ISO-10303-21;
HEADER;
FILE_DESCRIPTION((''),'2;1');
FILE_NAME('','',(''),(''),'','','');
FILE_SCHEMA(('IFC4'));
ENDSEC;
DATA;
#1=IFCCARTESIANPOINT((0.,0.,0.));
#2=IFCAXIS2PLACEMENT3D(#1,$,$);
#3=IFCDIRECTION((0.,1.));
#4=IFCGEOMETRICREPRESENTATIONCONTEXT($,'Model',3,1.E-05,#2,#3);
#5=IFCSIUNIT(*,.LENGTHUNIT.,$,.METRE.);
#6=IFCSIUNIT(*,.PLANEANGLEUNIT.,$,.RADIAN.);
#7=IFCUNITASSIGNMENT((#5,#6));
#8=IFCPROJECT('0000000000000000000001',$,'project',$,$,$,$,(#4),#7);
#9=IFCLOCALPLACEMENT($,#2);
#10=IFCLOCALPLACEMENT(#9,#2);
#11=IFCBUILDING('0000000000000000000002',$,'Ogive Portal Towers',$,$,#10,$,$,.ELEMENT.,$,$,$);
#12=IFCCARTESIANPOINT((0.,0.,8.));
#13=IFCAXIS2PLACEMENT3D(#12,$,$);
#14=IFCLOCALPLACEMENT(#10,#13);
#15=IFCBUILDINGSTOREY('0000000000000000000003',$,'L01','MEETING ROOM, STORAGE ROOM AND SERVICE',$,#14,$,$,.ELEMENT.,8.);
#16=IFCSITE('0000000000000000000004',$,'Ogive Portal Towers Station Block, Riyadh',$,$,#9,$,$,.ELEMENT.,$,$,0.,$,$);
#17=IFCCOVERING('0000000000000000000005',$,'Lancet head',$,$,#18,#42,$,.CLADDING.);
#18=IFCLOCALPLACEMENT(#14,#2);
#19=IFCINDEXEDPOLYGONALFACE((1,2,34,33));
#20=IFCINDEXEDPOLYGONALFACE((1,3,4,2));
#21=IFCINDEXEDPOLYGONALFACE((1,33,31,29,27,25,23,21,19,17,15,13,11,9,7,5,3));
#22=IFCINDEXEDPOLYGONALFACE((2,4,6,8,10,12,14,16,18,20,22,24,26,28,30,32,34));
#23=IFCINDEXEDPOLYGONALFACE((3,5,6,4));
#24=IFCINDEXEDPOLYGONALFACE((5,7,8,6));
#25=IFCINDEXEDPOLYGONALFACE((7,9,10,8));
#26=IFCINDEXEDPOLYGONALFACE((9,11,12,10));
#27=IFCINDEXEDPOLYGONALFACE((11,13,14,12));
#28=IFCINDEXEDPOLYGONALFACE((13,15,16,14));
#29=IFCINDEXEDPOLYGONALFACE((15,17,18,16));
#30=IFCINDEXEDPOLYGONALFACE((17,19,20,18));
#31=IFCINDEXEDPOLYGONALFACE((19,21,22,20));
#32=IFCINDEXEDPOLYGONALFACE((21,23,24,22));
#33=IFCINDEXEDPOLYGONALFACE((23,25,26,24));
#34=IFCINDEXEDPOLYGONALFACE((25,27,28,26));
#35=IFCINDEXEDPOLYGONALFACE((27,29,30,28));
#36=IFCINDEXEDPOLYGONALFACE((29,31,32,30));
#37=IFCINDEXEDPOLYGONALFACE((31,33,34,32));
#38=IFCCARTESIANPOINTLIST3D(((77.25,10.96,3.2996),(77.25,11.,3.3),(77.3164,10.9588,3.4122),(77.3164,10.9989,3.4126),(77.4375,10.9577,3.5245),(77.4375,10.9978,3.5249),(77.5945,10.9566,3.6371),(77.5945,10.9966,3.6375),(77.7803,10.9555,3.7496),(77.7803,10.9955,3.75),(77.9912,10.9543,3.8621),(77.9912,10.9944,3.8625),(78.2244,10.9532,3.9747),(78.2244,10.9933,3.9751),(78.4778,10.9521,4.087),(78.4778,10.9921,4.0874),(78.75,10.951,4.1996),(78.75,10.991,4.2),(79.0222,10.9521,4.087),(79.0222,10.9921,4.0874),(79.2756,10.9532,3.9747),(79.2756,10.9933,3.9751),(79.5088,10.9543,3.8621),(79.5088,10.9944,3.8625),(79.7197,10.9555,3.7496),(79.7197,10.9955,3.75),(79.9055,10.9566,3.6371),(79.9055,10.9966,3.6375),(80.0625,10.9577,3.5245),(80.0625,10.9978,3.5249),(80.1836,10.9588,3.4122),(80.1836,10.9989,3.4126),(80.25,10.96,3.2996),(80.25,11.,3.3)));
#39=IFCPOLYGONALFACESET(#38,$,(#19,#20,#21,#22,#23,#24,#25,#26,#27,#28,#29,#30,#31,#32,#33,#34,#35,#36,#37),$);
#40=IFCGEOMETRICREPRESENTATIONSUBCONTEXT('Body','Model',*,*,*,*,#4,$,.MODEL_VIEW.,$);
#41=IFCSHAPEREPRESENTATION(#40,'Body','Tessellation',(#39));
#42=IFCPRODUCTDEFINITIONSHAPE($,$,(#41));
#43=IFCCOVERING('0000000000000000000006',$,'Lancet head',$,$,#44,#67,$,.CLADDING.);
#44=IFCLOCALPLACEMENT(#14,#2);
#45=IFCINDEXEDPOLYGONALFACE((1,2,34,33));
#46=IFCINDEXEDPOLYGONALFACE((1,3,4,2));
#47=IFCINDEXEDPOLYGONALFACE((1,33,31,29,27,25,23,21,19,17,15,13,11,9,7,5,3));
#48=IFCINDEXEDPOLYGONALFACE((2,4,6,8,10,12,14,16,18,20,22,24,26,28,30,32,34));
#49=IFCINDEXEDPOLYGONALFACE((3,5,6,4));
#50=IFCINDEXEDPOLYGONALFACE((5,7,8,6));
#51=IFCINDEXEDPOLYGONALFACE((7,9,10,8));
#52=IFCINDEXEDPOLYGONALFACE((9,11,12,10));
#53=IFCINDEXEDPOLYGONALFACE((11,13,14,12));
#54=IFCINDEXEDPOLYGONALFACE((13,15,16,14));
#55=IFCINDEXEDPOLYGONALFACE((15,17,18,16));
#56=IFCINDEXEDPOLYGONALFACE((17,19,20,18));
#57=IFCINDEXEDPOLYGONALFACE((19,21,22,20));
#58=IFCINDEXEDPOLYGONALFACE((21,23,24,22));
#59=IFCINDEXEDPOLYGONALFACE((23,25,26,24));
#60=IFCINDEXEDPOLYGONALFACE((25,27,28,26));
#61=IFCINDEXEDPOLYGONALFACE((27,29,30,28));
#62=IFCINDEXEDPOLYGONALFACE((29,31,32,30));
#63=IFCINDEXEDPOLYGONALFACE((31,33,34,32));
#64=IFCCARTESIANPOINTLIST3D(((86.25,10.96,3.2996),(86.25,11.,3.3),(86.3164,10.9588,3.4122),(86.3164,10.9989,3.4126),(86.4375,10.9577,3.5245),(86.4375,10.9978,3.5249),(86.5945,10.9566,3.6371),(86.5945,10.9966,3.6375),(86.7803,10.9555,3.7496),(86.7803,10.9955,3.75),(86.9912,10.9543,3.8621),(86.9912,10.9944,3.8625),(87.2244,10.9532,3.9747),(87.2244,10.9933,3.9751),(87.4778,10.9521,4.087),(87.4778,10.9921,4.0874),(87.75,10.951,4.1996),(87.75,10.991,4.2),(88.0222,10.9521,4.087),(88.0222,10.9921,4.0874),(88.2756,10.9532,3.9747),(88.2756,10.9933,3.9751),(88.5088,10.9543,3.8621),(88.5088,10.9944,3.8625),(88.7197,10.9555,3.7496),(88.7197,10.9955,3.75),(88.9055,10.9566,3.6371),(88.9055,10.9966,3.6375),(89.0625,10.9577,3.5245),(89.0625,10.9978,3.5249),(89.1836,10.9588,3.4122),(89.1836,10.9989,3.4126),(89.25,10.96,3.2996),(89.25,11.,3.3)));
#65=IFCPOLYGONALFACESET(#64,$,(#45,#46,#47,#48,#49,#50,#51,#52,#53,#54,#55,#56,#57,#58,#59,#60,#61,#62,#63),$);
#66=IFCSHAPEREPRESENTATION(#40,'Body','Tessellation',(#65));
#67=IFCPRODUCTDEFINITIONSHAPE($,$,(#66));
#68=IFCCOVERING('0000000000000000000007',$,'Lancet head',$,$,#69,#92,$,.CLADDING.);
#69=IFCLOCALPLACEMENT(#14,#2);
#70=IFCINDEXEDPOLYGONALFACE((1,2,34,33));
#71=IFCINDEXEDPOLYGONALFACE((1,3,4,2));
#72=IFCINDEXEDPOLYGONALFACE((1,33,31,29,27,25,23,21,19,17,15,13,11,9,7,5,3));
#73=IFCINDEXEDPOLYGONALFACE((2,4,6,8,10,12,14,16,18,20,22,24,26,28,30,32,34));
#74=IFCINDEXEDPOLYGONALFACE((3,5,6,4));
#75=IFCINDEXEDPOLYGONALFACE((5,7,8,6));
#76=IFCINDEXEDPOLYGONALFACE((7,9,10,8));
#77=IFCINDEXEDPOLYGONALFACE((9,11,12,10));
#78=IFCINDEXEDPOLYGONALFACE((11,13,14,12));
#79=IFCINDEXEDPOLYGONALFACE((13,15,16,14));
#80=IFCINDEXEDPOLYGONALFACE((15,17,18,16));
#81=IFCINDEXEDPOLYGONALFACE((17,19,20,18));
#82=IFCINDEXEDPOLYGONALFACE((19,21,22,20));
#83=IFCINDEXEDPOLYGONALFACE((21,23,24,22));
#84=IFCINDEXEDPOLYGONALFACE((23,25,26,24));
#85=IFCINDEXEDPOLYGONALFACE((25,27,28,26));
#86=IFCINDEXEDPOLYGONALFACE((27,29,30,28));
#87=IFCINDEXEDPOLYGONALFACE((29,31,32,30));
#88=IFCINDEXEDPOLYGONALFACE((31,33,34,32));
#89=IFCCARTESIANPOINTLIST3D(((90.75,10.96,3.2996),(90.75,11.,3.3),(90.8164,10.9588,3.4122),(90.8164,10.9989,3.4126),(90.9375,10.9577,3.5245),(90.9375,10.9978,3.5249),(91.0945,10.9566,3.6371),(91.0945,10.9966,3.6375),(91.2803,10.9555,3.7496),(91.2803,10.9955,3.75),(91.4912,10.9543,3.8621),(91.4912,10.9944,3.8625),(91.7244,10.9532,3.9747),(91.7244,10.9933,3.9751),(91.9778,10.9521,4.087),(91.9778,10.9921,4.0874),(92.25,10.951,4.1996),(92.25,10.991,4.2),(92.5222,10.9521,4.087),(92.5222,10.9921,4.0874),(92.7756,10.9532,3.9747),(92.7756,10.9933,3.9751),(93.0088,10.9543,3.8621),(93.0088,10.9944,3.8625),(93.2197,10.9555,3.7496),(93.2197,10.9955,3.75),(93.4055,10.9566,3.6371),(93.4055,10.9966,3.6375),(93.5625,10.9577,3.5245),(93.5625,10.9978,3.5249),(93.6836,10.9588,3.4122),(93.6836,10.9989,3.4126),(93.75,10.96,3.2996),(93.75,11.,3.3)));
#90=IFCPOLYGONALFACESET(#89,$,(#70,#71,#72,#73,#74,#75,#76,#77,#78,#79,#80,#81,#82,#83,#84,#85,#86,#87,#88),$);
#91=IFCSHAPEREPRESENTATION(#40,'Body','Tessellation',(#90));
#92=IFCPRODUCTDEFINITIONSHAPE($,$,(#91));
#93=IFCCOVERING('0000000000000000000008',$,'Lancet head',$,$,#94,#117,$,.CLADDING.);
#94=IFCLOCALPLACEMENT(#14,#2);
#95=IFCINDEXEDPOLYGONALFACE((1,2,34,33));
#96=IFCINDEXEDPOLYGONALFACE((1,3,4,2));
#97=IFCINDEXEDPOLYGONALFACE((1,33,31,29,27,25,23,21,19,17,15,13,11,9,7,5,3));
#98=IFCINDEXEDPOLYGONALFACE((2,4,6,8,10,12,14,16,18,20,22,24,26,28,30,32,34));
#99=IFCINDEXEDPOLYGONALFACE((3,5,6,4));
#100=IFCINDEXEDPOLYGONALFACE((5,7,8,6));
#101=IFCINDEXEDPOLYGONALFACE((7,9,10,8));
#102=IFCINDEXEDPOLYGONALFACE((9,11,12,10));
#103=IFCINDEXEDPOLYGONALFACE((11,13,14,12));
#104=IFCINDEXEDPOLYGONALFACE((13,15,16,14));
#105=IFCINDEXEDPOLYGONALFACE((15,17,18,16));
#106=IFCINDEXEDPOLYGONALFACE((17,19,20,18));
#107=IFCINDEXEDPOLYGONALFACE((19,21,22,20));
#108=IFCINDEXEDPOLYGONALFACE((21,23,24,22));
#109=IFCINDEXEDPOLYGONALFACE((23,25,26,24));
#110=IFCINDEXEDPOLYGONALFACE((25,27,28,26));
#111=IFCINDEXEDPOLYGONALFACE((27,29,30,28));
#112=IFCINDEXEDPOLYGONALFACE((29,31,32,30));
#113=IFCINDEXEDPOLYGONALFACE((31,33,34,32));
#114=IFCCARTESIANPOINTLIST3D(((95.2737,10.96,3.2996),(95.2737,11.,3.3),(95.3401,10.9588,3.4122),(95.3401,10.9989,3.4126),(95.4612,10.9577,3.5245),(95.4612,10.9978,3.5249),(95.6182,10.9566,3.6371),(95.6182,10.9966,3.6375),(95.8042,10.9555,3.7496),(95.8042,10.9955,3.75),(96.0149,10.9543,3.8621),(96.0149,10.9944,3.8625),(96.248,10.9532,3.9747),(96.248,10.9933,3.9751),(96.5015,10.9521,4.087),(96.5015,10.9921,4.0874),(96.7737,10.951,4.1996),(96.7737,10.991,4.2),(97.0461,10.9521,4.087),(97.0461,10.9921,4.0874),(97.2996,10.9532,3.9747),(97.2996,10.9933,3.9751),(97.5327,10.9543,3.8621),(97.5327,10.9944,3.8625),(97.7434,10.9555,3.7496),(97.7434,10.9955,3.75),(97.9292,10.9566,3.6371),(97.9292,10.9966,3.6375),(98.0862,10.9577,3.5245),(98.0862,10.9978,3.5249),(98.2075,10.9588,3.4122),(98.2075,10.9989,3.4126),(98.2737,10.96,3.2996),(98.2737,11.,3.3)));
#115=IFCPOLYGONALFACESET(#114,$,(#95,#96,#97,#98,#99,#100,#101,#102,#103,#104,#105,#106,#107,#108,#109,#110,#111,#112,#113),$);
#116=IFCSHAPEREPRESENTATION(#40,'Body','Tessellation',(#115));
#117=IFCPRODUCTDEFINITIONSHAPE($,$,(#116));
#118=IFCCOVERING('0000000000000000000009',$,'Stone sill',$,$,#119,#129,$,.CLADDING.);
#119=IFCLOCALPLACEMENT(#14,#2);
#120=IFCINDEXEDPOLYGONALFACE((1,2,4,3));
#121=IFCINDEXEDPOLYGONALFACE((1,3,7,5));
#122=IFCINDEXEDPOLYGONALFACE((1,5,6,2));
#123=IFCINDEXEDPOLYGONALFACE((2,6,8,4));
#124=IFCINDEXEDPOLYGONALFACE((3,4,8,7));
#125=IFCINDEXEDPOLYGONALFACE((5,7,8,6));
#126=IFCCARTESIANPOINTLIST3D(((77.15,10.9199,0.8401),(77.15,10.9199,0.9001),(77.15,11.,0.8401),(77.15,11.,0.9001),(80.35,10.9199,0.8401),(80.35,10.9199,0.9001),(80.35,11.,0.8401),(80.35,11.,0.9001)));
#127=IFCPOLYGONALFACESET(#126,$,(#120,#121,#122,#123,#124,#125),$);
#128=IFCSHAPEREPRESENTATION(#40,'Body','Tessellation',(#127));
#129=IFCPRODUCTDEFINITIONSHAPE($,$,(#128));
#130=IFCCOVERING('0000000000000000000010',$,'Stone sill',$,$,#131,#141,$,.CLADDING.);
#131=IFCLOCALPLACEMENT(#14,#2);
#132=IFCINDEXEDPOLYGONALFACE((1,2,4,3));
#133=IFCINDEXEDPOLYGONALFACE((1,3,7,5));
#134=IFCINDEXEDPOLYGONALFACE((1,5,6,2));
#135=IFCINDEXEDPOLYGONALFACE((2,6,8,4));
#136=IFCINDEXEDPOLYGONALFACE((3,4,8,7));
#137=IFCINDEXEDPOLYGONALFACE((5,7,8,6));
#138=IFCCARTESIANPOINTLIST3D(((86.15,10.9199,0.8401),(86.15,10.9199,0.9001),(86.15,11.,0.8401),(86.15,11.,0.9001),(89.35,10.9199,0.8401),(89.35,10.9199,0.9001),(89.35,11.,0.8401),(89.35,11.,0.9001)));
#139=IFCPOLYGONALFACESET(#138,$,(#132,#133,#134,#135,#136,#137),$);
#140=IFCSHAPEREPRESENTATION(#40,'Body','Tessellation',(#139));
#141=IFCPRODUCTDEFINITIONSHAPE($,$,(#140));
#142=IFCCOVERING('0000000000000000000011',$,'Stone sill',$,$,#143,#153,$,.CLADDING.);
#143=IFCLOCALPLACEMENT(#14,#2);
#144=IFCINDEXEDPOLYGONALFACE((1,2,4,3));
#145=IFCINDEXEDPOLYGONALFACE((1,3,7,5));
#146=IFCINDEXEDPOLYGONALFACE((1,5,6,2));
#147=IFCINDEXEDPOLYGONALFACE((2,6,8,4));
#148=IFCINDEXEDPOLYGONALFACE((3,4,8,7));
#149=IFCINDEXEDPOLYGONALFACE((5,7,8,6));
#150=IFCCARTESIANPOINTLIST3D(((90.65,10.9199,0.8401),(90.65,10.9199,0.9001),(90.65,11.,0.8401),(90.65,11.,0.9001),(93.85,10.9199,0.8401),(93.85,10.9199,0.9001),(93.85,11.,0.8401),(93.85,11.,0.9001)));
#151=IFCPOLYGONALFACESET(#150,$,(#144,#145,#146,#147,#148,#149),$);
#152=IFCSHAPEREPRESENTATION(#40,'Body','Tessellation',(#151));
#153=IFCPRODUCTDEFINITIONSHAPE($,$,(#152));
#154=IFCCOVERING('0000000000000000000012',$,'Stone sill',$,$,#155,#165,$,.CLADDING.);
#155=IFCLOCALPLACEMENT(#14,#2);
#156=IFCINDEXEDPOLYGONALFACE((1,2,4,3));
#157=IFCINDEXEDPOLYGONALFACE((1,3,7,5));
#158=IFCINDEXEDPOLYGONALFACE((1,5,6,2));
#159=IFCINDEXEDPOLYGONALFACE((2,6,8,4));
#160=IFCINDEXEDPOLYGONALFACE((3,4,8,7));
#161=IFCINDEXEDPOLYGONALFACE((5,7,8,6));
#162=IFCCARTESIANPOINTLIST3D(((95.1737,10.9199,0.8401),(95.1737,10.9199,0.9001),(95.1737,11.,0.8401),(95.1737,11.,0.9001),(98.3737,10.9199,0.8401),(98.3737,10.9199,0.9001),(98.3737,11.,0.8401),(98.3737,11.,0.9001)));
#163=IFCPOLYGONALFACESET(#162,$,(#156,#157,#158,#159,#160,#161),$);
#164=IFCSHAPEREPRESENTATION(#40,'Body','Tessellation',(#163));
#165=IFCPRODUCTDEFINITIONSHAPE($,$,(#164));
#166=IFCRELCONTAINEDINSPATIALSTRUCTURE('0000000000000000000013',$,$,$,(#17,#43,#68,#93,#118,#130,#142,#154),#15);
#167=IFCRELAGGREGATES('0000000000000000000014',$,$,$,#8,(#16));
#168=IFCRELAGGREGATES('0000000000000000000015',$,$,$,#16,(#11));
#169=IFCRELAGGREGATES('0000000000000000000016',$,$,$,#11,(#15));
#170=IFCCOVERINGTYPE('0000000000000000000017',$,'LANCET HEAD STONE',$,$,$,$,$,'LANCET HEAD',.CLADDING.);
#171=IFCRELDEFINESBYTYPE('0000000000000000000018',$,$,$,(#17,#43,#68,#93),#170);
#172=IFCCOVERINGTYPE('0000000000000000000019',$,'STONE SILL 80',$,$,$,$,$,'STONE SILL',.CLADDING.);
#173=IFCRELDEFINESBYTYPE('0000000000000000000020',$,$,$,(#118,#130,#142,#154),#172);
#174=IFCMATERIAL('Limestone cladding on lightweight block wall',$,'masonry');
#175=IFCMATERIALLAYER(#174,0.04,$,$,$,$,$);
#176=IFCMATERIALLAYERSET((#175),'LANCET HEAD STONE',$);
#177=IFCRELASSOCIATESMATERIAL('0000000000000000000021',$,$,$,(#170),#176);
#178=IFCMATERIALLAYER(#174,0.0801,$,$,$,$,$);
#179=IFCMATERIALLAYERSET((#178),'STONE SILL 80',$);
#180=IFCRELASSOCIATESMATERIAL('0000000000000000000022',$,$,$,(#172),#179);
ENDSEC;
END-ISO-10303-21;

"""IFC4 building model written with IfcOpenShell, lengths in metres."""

from ifc_helpers import new_model, si_unit, direction, frame, origin, origin_2d, place, context, subcontext, project, spatial, polyline, rectangle, outline, extrude, material, layer, layer_set, type_object, element, save


model = new_model("IFC4")

# Units and contexts
model_context = context("Model", 3, precision=1e-05, world=origin(), true_north=direction((0.0, 1.0)))
body_context = subcontext(model_context, "Body", "Model", "MODEL_VIEW")
ifc_project = project(units=[si_unit("LENGTHUNIT", "METRE"), si_unit("PLANEANGLEUNIT", "RADIAN")], contexts=[model_context])

# Site, building, storey
site_placement = place(None, origin())
site = spatial("IfcSite", under=ifc_project, at=site_placement, Name="Ogive Portal Towers Station Block, Riyadh", CompositionType="ELEMENT", RefElevation=0.0)
building_placement = place(site_placement, origin())
building = spatial("IfcBuilding", under=site, at=building_placement, Name="Ogive Portal Towers", CompositionType="ELEMENT")
storey_placement = place(building_placement, frame((0.0, 0.0, 8.0)))
storey = spatial("IfcBuildingStorey", under=building, at=storey_placement, Name="L01", Description="MEETING ROOM, STORAGE ROOM AND SERVICE", CompositionType="ELEMENT", Elevation=8.0)

# Coverings
ifc_material_1 = material(Name="Limestone cladding on lightweight block wall", Category="masonry")
ifc_layer_1 = layer(ifc_material_1, 0.04)
ifc_layer_set_1 = layer_set([ifc_layer_1], Name="LANCET HEAD STONE")
covering_type_1 = type_object("IfcCoveringType", Name="LANCET HEAD STONE", ElementType="LANCET HEAD", PredefinedType="CLADDING", material=ifc_layer_set_1)
for number, where, z_axis, x_axis, name in (
    (1, (77.25, 11.0, 3.3), (0.0, 0.99995, 0.009994), (1.0, 0.0, 0.0), "Lancet head"),
    (2, (86.25, 11.0, 3.3), (0.0, 0.99995, 0.009994), (1.0, 0.0, 0.0), "Lancet head"),
    (3, (90.75, 11.0, 3.3), (0.0, 0.99995, 0.009994), (1.0, 0.0, 0.0), "Lancet head"),
):
    element("IfcCovering", number, at=place(storey_placement, frame(where, z_axis=z_axis, x_axis=x_axis)), inside=storey, type_object=covering_type_1, Name=name, PredefinedType="CLADDING", context=body_context, shape_type="SweptSolid", body=[
        extrude(outline(polyline([(0.0, 0.0), (3.0, 0.0), (2.9336, -0.1126), (2.8125, -0.2249), (2.6555, -0.3374), (2.4697, -0.45), (2.2588, -0.5625), (2.0256, -0.6751), (1.7722, -0.7874), (1.5, -0.8999), (1.2278, -0.7874), (0.9744, -0.6751), (0.7412, -0.5625), (0.5303, -0.45), (0.3445, -0.3374), (0.1875, -0.2249), (0.0664, -0.1126), (0.0, 0.0)])), origin(), (0.0, 0.0, -1.0), 0.04),
    ])
covering_placement = place(storey_placement, frame((95.2737, 11.0, 3.3), z_axis=(0.0, 0.99995, 0.009994), x_axis=(1.0, 0.0, 0.0)))
element("IfcCovering", 4, at=covering_placement, inside=storey, type_object=covering_type_1, Name="Lancet head", PredefinedType="CLADDING", context=body_context, shape_type="SweptSolid", body=[
    extrude(outline(polyline([(0.0, 0.0), (3.0, 0.0), (2.9338, -0.1126), (2.8125, -0.2249), (2.6555, -0.3374), (2.4697, -0.45), (2.259, -0.5625), (2.0259, -0.6751), (1.7725, -0.7874), (1.5, -0.8999), (1.2278, -0.7874), (0.9744, -0.6751), (0.7412, -0.5625), (0.5305, -0.45), (0.3445, -0.3374), (0.1875, -0.2249), (0.0664, -0.1126), (0.0, 0.0)])), origin(), (0.0, 0.0, -1.0), 0.04),
])
ifc_layer_2 = layer(ifc_material_1, 0.0801)
ifc_layer_set_2 = layer_set([ifc_layer_2], Name="STONE SILL 80")
covering_type_2 = type_object("IfcCoveringType", Name="STONE SILL 80", ElementType="STONE SILL", PredefinedType="CLADDING", material=ifc_layer_set_2)
for number, where, z_axis, x_axis, name in (
    (5, (78.75, 10.96, 0.8401), (0.0, 0.0, 1.0), (1.0, 0.0, 0.0), "Stone sill"),
    (6, (87.75, 10.96, 0.8401), (0.0, 0.0, 1.0), (1.0, 0.0, 0.0), "Stone sill"),
    (7, (92.25, 10.96, 0.8401), (0.0, 0.0, 1.0), (1.0, 0.0, 0.0), "Stone sill"),
    (8, (96.7737, 10.96, 0.8401), (0.0, 0.0, 1.0), (1.0, 0.0, 0.0), "Stone sill"),
):
    element("IfcCovering", number, at=place(storey_placement, frame(where, z_axis=z_axis, x_axis=x_axis)), inside=storey, type_object=covering_type_2, Name=name, PredefinedType="CLADDING", context=body_context, shape_type="SweptSolid", body=[
        extrude(rectangle(XDim=3.2, YDim=0.0801, at=origin_2d()), origin(), (0.0, 0.0, 1.0), 0.0601),
    ])

save(model, "model.ifc")
